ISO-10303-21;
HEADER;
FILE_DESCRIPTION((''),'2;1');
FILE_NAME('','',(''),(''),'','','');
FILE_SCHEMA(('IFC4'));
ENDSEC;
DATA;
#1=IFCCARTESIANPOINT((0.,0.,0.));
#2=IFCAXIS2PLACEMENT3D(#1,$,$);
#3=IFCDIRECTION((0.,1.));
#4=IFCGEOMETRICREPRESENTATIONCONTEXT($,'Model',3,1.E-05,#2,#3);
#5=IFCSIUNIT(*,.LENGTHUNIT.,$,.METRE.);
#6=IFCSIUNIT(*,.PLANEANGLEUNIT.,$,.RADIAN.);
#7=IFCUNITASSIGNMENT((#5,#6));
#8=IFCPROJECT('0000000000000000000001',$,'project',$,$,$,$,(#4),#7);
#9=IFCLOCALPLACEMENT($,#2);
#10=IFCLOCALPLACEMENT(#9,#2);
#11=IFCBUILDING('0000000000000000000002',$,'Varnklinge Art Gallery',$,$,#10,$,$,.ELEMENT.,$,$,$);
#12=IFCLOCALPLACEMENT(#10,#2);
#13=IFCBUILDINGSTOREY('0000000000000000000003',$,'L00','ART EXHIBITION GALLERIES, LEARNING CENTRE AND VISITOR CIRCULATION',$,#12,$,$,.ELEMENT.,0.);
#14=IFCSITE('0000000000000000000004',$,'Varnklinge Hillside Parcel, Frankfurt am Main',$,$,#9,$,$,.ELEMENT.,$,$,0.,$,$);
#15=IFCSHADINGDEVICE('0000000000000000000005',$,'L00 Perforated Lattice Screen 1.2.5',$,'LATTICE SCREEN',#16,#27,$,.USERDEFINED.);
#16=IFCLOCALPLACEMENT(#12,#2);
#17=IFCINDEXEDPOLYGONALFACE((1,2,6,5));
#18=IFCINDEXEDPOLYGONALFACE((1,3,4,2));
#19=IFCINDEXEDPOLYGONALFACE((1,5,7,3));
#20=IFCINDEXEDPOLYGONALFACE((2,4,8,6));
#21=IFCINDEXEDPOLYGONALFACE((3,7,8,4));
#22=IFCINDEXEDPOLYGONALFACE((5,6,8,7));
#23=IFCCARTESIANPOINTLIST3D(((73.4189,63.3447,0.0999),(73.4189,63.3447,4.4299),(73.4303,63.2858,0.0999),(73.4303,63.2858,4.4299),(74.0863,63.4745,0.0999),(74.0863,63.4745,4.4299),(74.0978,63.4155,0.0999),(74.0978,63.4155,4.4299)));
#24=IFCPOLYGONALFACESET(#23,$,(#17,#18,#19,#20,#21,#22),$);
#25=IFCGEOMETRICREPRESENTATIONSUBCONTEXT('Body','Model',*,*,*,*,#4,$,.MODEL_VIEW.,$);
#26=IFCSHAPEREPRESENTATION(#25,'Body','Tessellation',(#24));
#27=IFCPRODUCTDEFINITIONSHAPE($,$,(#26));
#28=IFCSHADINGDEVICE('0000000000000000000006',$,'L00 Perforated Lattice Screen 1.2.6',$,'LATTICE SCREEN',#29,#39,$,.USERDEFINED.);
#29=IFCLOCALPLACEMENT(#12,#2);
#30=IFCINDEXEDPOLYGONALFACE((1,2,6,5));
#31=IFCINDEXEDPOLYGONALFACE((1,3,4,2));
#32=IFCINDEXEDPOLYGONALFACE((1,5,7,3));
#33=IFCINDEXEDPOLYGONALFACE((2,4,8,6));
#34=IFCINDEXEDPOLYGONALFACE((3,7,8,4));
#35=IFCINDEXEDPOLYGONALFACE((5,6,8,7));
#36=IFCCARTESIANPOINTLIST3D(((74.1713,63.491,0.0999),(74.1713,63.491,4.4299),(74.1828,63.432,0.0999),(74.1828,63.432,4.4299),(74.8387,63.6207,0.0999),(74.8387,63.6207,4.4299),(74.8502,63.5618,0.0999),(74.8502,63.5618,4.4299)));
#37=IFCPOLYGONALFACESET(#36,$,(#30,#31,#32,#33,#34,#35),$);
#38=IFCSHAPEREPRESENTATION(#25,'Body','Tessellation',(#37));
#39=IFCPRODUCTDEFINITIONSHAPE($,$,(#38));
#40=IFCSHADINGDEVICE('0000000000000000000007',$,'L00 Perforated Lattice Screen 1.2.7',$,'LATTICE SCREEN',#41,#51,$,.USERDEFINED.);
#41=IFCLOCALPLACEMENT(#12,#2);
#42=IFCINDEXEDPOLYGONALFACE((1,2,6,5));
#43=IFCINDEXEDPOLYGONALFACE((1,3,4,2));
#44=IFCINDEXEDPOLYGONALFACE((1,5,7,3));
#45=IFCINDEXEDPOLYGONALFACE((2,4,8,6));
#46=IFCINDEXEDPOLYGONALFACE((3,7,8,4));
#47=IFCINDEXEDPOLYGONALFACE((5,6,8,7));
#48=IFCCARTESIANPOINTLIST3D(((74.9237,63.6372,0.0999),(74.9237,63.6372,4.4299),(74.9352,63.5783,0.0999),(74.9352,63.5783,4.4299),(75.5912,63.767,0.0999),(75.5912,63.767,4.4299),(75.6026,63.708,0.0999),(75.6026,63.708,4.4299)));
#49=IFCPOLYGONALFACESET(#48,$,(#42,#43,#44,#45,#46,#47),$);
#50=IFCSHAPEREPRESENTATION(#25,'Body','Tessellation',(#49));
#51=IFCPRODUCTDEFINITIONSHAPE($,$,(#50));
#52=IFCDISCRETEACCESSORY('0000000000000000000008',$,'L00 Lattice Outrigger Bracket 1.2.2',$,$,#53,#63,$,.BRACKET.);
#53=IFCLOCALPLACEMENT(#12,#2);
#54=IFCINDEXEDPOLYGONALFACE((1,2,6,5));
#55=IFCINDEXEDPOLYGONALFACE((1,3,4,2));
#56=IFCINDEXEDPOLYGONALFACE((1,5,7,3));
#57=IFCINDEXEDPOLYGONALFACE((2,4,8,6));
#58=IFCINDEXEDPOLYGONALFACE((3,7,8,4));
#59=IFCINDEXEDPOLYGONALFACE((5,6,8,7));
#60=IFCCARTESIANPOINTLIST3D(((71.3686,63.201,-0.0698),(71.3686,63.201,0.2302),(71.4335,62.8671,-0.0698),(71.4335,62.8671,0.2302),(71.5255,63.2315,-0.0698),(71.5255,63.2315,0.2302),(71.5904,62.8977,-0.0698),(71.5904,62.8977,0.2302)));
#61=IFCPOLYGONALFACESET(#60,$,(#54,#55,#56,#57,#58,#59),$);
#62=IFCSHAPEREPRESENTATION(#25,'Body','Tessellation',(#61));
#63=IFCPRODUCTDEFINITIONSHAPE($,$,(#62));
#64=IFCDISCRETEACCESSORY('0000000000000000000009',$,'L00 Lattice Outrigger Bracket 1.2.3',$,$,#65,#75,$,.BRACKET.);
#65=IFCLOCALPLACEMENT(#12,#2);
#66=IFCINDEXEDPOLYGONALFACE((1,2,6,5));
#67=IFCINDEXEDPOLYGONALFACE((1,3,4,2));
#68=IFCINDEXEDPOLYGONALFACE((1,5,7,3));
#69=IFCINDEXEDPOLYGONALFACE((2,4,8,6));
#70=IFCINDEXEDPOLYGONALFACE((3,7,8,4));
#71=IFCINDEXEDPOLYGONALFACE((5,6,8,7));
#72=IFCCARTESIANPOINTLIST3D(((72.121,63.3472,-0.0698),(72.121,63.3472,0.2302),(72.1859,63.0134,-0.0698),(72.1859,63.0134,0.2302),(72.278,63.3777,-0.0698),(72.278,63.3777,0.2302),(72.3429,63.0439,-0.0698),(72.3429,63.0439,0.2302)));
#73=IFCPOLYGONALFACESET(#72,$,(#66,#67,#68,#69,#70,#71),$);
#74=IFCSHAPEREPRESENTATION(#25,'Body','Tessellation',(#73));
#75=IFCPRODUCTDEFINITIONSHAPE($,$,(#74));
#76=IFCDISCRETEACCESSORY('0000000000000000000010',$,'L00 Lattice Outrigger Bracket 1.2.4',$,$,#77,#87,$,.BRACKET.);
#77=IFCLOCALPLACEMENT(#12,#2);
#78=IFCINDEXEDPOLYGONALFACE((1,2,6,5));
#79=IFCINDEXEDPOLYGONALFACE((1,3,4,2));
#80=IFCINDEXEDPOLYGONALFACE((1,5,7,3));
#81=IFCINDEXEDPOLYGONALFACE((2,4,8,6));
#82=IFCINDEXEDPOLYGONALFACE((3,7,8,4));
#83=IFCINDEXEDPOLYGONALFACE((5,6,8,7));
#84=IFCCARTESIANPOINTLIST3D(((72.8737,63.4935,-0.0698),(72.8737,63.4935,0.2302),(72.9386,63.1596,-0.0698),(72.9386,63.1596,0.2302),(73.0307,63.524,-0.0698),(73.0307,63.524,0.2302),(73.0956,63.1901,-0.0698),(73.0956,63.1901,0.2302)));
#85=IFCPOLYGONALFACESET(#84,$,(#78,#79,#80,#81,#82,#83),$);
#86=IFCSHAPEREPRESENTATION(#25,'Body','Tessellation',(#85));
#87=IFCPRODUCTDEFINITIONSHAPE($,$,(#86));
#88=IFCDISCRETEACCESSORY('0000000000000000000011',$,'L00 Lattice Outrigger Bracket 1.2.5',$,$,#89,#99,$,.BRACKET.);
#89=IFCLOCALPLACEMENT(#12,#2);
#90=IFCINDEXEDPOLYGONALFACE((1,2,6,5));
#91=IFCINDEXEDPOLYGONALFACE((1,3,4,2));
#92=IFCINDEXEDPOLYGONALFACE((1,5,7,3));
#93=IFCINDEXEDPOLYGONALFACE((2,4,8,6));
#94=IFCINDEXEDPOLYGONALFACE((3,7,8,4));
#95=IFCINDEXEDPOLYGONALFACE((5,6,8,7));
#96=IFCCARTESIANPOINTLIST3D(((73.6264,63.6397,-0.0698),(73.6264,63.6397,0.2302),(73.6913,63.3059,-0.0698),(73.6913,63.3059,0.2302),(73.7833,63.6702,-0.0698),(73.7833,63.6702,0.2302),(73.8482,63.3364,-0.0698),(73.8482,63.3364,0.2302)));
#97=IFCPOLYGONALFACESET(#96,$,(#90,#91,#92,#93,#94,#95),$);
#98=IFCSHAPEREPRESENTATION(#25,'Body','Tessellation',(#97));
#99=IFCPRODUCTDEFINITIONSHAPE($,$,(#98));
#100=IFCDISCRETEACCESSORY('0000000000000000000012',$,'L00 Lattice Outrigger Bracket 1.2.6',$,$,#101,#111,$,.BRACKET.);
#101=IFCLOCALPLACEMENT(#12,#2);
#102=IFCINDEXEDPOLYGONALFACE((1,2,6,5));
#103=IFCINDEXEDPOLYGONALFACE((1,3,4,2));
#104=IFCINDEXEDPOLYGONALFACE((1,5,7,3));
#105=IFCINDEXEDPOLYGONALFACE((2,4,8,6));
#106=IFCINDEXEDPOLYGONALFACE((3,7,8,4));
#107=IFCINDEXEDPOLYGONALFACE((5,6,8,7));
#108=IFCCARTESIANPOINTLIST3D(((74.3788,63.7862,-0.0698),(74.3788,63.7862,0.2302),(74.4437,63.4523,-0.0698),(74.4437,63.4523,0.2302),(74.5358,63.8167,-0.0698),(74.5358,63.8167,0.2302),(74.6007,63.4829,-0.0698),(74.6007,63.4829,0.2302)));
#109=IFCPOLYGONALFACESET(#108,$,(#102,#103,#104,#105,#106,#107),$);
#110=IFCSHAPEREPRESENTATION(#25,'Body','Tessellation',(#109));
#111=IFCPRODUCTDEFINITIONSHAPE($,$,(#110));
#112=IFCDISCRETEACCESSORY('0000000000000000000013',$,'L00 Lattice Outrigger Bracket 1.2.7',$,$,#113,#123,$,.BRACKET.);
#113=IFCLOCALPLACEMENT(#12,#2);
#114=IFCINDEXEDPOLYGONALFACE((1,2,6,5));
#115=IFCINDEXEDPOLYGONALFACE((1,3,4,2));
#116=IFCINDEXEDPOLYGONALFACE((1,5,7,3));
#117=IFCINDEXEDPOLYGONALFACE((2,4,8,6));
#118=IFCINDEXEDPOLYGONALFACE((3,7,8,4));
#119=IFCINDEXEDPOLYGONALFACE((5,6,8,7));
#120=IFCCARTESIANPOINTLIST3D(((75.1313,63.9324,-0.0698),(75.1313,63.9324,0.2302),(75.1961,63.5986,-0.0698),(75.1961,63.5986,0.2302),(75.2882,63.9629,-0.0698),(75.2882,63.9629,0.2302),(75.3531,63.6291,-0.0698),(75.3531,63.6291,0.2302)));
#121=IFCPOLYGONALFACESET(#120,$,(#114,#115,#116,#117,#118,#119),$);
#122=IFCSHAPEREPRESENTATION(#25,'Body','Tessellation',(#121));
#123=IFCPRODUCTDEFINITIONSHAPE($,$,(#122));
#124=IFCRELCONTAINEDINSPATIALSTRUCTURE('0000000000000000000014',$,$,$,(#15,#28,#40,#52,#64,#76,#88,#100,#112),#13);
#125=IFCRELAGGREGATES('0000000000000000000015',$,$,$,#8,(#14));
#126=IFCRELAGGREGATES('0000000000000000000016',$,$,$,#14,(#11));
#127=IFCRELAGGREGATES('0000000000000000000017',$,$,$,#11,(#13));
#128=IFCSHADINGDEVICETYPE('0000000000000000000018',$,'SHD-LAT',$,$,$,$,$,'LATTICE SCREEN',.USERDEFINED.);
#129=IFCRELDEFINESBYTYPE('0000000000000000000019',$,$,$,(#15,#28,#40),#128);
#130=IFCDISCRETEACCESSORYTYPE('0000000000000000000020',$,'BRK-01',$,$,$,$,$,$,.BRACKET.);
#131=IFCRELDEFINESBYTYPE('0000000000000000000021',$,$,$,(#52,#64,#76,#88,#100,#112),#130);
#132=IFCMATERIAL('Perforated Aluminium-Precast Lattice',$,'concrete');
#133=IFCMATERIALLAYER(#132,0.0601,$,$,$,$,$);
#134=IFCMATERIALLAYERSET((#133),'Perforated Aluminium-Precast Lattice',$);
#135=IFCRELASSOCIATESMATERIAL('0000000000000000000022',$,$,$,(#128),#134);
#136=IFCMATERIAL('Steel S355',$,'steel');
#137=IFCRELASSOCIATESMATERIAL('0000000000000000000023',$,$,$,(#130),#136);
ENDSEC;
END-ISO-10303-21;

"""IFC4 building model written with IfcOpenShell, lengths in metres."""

from ifc_helpers import new_model, si_unit, direction, frame, origin, origin_2d, place, context, subcontext, project, spatial, rectangle, extrude, material, layer, layer_set, type_object, element, save


model = new_model("IFC4")

# Units and contexts
model_context = context("Model", 3, precision=1e-05, world=origin(), true_north=direction((0.0, 1.0)))
body_context = subcontext(model_context, "Body", "Model", "MODEL_VIEW")
ifc_project = project(units=[si_unit("LENGTHUNIT", "METRE"), si_unit("PLANEANGLEUNIT", "RADIAN")], contexts=[model_context])

# Site, building, storey
site_placement = place(None, origin())
site = spatial("IfcSite", under=ifc_project, at=site_placement, Name="Varnklinge Hillside Parcel, Frankfurt am Main", CompositionType="ELEMENT", RefElevation=0.0)
building_placement = place(site_placement, origin())
building = spatial("IfcBuilding", under=site, at=building_placement, Name="Varnklinge Art Gallery", CompositionType="ELEMENT")
storey_placement = place(building_placement, origin())
storey = spatial("IfcBuildingStorey", under=building, at=storey_placement, Name="L00", Description="ART EXHIBITION GALLERIES, LEARNING CENTRE AND VISITOR CIRCULATION", CompositionType="ELEMENT", Elevation=0.0)

# Shading devices
ifc_material_1 = material(Name="Perforated Aluminium-Precast Lattice", Category="concrete")
ifc_layer_1 = layer(ifc_material_1, 0.0601)
ifc_layer_set_1 = layer_set([ifc_layer_1], Name="Perforated Aluminium-Precast Lattice")
shading_device_type = type_object("IfcShadingDeviceType", Name="SHD-LAT", ElementType="LATTICE SCREEN", PredefinedType="USERDEFINED", material=ifc_layer_set_1)
for number, where, z_axis, x_axis, name in (
    (1, (73.7583, 63.3801, 0.0999), (0.0, 0.0, 1.0), (0.981627, 0.190809, 0.0), "L00 Perforated Lattice Screen 1.2.5"),
    (2, (74.5107, 63.5264, 0.0999), (0.0, 0.0, 1.0), (0.981627, 0.190809, 0.0), "L00 Perforated Lattice Screen 1.2.6"),
    (3, (75.2632, 63.6726, 0.0999), (0.0, 0.0, 1.0), (0.981627, 0.190809, 0.0), "L00 Perforated Lattice Screen 1.2.7"),
):
    element("IfcShadingDevice", number, at=place(storey_placement, frame(where, z_axis=z_axis, x_axis=x_axis)), inside=storey, type_object=shading_device_type, Name=name, ObjectType="LATTICE SCREEN", PredefinedType="USERDEFINED", context=body_context, shape_type="SweptSolid", body=[
        extrude(rectangle(XDim=0.6799, YDim=0.0601, at=origin_2d()), origin(), (0.0, 0.0, 1.0), 4.3301),
    ])

# Discrete accessories
ifc_material_2 = material(Name="Steel S355", Category="steel")
discrete_accessory_type = type_object("IfcDiscreteAccessoryType", Name="BRK-01", PredefinedType="BRACKET", material=ifc_material_2)
for number, where, z_axis, x_axis, name in (
    (4, (71.4795, 63.0493, -0.0698), (0.0, 0.0, 1.0), (0.981627, 0.190809, 0.0), "L00 Lattice Outrigger Bracket 1.2.2"),
    (5, (72.2319, 63.1956, -0.0698), (0.0, 0.0, 1.0), (0.981627, 0.190809, 0.0), "L00 Lattice Outrigger Bracket 1.2.3"),
    (6, (72.9846, 63.3418, -0.0698), (0.0, 0.0, 1.0), (0.981627, 0.190809, 0.0), "L00 Lattice Outrigger Bracket 1.2.4"),
    (7, (73.7373, 63.488, -0.0698), (0.0, 0.0, 1.0), (0.981627, 0.190809, 0.0), "L00 Lattice Outrigger Bracket 1.2.5"),
    (8, (74.4897, 63.6345, -0.0698), (0.0, 0.0, 1.0), (0.981627, 0.190809, 0.0), "L00 Lattice Outrigger Bracket 1.2.6"),
    (9, (75.2422, 63.7808, -0.0698), (0.0, 0.0, 1.0), (0.981627, 0.190809, 0.0), "L00 Lattice Outrigger Bracket 1.2.7"),
):
    element("IfcDiscreteAccessory", number, at=place(storey_placement, frame(where, z_axis=z_axis, x_axis=x_axis)), inside=storey, type_object=discrete_accessory_type, Name=name, PredefinedType="BRACKET", context=body_context, shape_type="SweptSolid", body=[
        extrude(rectangle(XDim=0.1599, YDim=0.3401, at=origin_2d()), origin(), (0.0, 0.0, 1.0), 0.3),
    ])

save(model, "model.ifc")
